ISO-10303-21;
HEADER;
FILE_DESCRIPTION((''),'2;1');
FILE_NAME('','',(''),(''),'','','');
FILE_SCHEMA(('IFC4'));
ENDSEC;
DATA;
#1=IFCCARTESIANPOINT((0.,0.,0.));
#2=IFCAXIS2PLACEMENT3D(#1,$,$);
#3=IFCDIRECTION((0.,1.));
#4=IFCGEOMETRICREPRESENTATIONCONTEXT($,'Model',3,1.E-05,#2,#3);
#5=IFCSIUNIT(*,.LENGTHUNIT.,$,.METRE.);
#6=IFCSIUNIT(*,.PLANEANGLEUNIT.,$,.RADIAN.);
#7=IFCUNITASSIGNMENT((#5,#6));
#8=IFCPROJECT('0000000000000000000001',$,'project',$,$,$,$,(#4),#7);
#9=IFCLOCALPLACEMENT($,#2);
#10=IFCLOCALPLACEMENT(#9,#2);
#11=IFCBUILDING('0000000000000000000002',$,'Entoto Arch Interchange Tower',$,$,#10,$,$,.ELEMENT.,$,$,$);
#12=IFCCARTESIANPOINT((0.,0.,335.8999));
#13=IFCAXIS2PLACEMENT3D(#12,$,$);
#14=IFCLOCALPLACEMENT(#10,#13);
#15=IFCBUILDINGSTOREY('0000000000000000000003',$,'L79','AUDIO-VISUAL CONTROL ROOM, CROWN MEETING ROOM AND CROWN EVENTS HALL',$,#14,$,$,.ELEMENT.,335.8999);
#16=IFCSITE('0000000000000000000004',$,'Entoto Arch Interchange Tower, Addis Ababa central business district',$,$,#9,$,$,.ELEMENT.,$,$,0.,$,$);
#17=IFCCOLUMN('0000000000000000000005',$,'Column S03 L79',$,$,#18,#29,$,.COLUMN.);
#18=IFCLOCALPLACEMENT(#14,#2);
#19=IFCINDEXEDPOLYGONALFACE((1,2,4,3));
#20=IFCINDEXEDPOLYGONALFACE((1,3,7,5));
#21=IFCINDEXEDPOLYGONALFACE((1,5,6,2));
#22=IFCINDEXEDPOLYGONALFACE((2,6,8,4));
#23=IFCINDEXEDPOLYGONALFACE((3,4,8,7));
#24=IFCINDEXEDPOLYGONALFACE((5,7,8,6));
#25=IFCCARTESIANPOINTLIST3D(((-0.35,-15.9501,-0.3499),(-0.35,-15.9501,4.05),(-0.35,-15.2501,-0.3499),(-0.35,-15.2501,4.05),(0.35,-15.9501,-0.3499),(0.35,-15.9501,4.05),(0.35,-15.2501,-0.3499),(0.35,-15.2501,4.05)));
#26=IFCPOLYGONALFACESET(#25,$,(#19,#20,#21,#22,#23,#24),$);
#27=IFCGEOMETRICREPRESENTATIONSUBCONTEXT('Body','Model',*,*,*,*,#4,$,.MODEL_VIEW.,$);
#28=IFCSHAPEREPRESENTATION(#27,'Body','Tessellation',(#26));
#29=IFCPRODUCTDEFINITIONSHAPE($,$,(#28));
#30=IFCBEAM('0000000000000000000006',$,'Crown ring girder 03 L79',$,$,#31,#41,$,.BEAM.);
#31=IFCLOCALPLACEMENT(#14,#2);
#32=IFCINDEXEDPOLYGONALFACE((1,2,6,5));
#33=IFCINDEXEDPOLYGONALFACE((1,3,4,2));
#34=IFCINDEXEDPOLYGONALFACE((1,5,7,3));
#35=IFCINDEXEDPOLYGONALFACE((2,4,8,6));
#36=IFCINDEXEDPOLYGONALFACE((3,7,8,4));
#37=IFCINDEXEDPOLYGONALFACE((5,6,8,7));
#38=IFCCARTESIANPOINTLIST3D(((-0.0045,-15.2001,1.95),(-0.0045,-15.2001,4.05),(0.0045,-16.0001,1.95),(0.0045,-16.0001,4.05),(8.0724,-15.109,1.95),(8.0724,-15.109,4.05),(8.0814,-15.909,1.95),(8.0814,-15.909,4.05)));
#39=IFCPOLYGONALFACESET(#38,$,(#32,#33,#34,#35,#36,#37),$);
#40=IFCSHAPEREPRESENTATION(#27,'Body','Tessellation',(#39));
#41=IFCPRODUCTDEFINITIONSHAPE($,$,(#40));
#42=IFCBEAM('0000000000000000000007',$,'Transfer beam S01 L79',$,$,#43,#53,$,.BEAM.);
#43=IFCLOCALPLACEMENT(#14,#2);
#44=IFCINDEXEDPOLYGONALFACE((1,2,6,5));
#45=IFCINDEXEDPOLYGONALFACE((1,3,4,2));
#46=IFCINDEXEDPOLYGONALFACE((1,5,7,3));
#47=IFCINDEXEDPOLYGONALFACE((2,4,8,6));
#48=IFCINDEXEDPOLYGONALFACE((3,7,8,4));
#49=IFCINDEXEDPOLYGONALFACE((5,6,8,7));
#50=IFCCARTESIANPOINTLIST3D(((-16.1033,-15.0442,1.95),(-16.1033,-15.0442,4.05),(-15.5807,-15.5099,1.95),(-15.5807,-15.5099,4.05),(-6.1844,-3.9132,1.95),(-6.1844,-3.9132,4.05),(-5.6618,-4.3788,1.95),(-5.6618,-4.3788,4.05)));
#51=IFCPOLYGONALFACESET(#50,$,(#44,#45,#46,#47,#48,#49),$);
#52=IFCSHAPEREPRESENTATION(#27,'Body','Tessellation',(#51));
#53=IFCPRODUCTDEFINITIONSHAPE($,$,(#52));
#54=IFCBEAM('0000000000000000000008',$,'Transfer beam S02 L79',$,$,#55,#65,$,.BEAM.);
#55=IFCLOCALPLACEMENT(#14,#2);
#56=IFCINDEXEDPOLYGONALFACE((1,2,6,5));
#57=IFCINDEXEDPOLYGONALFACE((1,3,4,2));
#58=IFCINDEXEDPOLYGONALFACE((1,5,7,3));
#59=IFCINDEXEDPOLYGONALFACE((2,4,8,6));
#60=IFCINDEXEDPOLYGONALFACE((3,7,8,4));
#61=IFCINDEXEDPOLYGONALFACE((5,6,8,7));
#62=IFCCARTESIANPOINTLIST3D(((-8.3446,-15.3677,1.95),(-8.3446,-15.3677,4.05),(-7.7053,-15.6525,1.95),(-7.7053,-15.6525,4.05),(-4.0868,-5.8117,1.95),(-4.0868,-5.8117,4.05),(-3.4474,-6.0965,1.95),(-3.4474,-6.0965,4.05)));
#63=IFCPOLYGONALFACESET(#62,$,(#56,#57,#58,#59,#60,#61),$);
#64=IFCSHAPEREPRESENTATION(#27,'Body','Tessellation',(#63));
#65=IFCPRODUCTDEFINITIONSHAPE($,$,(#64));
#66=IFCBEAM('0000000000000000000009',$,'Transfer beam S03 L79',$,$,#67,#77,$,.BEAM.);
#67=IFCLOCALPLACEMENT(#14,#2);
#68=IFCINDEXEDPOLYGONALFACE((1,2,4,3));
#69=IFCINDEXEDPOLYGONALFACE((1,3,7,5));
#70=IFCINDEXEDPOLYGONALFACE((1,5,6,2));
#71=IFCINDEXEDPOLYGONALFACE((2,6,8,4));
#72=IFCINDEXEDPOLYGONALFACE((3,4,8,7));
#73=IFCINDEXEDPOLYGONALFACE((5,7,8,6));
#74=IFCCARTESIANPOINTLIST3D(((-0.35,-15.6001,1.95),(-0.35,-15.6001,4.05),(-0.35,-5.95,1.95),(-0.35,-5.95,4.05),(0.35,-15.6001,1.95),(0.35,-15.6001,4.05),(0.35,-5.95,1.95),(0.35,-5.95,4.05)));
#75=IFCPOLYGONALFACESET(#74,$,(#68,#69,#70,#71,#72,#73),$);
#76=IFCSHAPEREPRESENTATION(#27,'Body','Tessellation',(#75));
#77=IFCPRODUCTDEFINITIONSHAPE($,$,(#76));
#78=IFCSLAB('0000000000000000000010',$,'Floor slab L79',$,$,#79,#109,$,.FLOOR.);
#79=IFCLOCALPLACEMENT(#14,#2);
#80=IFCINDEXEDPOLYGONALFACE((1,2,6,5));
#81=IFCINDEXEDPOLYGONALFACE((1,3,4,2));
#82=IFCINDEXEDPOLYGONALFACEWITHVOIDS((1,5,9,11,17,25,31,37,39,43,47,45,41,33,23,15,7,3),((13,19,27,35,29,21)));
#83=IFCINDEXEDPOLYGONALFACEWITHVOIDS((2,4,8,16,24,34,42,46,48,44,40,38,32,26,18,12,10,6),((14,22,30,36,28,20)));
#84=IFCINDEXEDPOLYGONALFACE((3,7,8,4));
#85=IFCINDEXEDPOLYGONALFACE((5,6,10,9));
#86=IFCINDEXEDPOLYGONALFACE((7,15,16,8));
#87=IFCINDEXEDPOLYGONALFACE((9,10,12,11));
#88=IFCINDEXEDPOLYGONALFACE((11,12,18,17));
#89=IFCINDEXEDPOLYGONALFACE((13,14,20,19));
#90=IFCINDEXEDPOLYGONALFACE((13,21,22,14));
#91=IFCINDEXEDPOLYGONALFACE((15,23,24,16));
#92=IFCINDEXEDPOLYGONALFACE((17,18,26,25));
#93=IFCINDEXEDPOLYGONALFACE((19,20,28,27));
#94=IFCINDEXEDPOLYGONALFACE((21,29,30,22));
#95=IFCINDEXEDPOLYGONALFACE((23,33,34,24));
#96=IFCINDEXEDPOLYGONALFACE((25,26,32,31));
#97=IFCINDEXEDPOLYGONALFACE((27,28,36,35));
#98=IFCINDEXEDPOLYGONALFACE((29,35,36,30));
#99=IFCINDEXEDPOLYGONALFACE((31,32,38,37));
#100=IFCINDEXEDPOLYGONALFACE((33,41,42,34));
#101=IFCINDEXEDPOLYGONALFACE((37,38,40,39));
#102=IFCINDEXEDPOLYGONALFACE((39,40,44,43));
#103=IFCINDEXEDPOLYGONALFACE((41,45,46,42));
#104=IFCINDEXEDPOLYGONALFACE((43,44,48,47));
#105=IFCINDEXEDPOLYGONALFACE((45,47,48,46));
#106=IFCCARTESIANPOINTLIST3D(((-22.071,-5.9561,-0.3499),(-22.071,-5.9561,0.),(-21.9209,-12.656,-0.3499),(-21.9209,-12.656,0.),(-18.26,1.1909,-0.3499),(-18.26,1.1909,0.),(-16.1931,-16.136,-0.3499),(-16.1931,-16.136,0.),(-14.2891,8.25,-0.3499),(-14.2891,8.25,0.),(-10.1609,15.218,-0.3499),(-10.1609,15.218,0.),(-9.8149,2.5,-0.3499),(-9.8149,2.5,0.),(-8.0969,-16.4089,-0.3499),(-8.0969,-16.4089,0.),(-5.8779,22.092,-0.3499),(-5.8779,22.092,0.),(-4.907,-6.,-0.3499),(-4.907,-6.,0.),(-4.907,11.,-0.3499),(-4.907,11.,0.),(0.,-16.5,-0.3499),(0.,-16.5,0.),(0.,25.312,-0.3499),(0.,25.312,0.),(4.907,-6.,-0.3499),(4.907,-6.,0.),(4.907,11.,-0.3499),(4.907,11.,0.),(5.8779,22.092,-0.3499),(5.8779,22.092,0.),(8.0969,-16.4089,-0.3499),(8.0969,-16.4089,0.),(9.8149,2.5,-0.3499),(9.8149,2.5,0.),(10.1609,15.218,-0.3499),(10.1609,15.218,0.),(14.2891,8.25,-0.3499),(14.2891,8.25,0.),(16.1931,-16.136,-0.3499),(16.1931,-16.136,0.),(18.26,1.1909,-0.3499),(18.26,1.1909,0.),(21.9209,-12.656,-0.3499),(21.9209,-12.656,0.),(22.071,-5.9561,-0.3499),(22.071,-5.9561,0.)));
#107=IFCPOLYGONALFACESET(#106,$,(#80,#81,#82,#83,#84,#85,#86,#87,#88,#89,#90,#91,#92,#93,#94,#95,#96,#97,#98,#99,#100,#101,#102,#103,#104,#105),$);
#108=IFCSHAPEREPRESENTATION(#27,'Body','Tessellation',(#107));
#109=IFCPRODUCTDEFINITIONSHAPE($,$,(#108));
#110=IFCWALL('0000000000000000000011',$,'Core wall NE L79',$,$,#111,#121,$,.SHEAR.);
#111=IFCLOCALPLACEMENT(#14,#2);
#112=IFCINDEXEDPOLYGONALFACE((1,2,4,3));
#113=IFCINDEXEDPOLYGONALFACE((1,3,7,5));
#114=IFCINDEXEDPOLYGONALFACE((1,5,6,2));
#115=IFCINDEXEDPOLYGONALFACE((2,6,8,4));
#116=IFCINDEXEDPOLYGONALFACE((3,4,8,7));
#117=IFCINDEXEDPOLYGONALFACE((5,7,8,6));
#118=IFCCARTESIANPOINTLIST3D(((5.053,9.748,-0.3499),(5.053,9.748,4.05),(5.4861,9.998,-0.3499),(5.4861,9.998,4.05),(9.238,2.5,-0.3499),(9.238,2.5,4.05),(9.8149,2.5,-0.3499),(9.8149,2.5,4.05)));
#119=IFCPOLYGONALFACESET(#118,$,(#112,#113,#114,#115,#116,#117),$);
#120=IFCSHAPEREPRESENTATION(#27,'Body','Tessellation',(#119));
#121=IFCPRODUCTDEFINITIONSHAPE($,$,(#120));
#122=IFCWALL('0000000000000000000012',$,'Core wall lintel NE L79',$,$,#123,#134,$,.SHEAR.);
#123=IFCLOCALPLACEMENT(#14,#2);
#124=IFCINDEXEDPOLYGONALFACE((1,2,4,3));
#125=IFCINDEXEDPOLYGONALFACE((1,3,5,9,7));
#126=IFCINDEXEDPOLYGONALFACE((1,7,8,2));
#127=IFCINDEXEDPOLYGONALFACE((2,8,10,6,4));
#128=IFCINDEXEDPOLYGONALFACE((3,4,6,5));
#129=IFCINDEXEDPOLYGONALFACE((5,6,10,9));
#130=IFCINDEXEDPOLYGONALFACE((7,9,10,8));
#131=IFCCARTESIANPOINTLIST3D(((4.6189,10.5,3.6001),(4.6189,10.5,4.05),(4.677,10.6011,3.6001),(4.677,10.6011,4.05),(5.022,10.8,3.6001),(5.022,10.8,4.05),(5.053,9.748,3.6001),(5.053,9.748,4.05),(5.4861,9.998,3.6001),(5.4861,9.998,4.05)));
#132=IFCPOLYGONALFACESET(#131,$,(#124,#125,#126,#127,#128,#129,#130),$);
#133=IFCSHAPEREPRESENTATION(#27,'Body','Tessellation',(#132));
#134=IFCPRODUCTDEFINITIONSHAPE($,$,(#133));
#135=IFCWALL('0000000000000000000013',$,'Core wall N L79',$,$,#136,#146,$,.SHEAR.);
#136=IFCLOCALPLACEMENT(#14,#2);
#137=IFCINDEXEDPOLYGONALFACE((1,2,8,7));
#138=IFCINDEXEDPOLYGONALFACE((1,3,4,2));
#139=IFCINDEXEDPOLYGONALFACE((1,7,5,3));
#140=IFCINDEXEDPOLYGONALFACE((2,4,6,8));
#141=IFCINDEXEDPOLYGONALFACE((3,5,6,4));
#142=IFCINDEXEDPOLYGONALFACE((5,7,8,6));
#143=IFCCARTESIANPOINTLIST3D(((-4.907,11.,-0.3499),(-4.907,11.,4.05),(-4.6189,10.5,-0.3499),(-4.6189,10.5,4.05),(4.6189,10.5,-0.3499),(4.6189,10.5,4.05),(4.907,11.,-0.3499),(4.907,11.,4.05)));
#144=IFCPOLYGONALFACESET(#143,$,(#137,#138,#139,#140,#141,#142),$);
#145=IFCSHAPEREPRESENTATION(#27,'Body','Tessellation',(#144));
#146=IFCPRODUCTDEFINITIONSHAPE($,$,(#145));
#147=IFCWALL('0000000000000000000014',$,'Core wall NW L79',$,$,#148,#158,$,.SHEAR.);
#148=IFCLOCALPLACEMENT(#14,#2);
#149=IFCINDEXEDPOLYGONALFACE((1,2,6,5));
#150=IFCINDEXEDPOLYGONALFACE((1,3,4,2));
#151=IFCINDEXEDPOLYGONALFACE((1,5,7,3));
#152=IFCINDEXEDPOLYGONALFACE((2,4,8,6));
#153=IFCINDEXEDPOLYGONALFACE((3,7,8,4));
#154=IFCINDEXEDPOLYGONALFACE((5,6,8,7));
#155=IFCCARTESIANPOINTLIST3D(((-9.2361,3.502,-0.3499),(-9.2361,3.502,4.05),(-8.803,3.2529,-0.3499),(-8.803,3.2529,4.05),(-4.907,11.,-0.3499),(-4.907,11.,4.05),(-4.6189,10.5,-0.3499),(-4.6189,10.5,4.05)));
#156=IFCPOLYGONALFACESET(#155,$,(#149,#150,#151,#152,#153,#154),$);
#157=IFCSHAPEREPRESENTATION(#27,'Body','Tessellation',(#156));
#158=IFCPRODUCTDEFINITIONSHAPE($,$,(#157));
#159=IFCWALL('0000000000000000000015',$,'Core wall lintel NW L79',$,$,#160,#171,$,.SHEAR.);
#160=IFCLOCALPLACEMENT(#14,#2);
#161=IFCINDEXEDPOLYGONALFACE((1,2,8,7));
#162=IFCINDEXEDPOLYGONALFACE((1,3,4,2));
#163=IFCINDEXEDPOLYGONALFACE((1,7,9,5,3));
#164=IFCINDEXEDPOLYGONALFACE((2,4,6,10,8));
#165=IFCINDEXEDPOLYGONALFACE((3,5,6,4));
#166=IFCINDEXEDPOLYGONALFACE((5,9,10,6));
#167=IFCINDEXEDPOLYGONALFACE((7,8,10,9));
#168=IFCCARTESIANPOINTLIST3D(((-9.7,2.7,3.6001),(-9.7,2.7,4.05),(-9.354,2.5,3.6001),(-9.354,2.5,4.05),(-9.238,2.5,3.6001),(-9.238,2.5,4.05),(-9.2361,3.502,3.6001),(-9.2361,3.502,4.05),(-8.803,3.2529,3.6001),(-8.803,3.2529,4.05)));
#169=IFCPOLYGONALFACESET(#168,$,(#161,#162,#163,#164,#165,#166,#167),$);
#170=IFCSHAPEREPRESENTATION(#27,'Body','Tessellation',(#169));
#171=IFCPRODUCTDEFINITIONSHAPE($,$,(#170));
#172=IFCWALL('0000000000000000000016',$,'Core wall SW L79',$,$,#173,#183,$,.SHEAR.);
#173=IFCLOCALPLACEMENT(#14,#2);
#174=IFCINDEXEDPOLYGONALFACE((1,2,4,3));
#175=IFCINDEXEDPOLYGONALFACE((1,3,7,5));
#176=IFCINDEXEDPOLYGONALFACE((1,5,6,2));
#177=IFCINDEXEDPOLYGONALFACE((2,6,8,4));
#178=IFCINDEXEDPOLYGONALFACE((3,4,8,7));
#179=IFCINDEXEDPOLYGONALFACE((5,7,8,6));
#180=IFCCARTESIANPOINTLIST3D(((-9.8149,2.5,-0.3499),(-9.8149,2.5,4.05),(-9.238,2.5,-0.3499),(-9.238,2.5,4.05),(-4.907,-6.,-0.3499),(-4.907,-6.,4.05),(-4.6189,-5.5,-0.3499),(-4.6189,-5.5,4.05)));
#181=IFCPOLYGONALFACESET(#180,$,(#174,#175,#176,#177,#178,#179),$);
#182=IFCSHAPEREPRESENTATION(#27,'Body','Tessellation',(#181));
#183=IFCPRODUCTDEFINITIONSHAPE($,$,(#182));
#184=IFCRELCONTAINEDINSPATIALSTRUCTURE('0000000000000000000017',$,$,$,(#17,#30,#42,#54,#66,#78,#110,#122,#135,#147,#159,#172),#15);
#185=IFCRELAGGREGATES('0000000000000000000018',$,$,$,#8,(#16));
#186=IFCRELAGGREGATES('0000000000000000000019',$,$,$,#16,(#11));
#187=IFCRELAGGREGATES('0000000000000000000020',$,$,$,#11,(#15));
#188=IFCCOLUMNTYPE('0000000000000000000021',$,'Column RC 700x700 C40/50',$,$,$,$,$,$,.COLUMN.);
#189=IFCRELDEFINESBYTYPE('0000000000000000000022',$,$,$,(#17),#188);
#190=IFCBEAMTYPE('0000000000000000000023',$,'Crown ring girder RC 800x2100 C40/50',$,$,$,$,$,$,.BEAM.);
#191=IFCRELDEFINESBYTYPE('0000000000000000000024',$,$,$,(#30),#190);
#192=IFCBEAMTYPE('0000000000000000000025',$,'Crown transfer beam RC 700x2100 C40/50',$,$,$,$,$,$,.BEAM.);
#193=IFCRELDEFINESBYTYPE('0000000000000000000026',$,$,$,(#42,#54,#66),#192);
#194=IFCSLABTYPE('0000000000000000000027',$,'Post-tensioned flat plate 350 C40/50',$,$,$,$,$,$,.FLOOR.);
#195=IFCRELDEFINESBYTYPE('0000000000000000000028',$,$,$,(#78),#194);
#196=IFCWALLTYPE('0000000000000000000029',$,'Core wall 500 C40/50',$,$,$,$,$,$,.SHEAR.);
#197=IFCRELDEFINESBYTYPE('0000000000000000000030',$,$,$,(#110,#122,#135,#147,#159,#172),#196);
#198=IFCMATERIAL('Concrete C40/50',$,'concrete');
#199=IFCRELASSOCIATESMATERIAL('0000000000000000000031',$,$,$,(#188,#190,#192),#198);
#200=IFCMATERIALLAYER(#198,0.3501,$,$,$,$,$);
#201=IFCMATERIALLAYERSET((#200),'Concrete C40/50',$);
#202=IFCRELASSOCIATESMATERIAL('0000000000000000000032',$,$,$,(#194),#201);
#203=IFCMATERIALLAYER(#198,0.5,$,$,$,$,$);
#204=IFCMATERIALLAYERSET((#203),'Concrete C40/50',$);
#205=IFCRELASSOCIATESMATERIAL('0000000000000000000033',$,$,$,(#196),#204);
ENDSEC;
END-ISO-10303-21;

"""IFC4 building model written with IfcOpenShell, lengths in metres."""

from ifc_helpers import new_model, si_unit, direction, frame, origin, origin_2d, place, context, subcontext, project, spatial, polyline, rectangle, outline, extrude, material, layer, layer_set, material_profile, profile_set, type_object, element, save


model = new_model("IFC4")

# Units and contexts
model_context = context("Model", 3, precision=1e-05, world=origin(), true_north=direction((0.0, 1.0)))
body_context = subcontext(model_context, "Body", "Model", "MODEL_VIEW")
ifc_project = project(units=[si_unit("LENGTHUNIT", "METRE"), si_unit("PLANEANGLEUNIT", "RADIAN")], contexts=[model_context])

# Site, building, storey
site_placement = place(None, origin())
site = spatial("IfcSite", under=ifc_project, at=site_placement, Name="Entoto Arch Interchange Tower, Addis Ababa central business district", CompositionType="ELEMENT", RefElevation=0.0)
building_placement = place(site_placement, origin())
building = spatial("IfcBuilding", under=site, at=building_placement, Name="Entoto Arch Interchange Tower", CompositionType="ELEMENT")
storey_placement = place(building_placement, frame((0.0, 0.0, 335.8999)))
storey = spatial("IfcBuildingStorey", under=building, at=storey_placement, Name="L79", Description="AUDIO-VISUAL CONTROL ROOM, CROWN MEETING ROOM AND CROWN EVENTS HALL", CompositionType="ELEMENT", Elevation=335.8999)

# Column
ifc_material_1 = material(Name="Concrete C40/50", Category="concrete")
ifc_material_profile_1 = material_profile(ifc_material_1, rectangle(XDim=0.7, YDim=0.7, at=origin_2d()))
ifc_profile_set_1 = profile_set([ifc_material_profile_1], Name="Concrete C40/50")
column_type = type_object("IfcColumnType", Name="Column RC 700x700 C40/50", PredefinedType="COLUMN", material=ifc_profile_set_1)
column_placement = place(storey_placement, frame((0.0, -15.6001, -0.3499), z_axis=(0.0, 0.0, 1.0), x_axis=(1.0, 0.0, 0.0)))
element("IfcColumn", 1, at=column_placement, inside=storey, type_object=column_type, Name="Column S03 L79", PredefinedType="COLUMN", context=body_context, shape_type="SweptSolid", body=[
    extrude(rectangle(XDim=0.7, YDim=0.7, at=origin_2d()), origin(), (0.0, 0.0, 1.0), 4.3999),
])

# Beams
ifc_material_profile_2 = material_profile(ifc_material_1, rectangle(XDim=0.8, YDim=2.1001, at=origin_2d()))
ifc_profile_set_2 = profile_set([ifc_material_profile_2], Name="Concrete C40/50")
beam_type_1 = type_object("IfcBeamType", Name="Crown ring girder RC 800x2100 C40/50", PredefinedType="BEAM", material=ifc_profile_set_2)
beam_1_placement = place(storey_placement, frame((0.0, -15.6001, 3.0), z_axis=(0.999936, 0.011274, 0.0), x_axis=(-0.011274, 0.999936, 0.0)))
element("IfcBeam", 2, at=beam_1_placement, inside=storey, type_object=beam_type_1, Name="Crown ring girder 03 L79", PredefinedType="BEAM", context=body_context, shape_type="SweptSolid", body=[
    extrude(rectangle(XDim=0.8, YDim=2.1001, at=origin_2d()), origin(), (0.0, 0.0, 1.0), 8.0774),
])
ifc_material_profile_3 = material_profile(ifc_material_1, rectangle(XDim=0.7, YDim=2.1001, at=origin_2d()))
ifc_profile_set_3 = profile_set([ifc_material_profile_3], Name="Concrete C40/50")
beam_type_2 = type_object("IfcBeamType", Name="Crown transfer beam RC 700x2100 C40/50", PredefinedType="BEAM", material=ifc_profile_set_3)
beam_2_placement = place(storey_placement, frame((-5.9231, -4.146, 3.0), z_axis=(-0.665286, -0.746588, 0.0), x_axis=(0.746588, -0.665286, 0.0)))
element("IfcBeam", 3, at=beam_2_placement, inside=storey, type_object=beam_type_2, Name="Transfer beam S01 L79", PredefinedType="BEAM", context=body_context, shape_type="SweptSolid", body=[
    extrude(rectangle(XDim=0.7, YDim=2.1001, at=origin_2d()), origin(), (0.0, 0.0, 1.0), 14.9092),
])
beam_3_placement = place(storey_placement, frame((-3.7671, -5.9541, 3.0), z_axis=(-0.406996, -0.91343, 0.0), x_axis=(0.91343, -0.406996, 0.0)))
element("IfcBeam", 4, at=beam_3_placement, inside=storey, type_object=beam_type_2, Name="Transfer beam S02 L79", PredefinedType="BEAM", context=body_context, shape_type="SweptSolid", body=[
    extrude(rectangle(XDim=0.7, YDim=2.1001, at=origin_2d()), origin(), (0.0, 0.0, 1.0), 10.4617),
])
beam_4_placement = place(storey_placement, frame((0.0, -5.95, 3.0), z_axis=(0.0, -1.0, 0.0), x_axis=(1.0, 0.0, 0.0)))
element("IfcBeam", 5, at=beam_4_placement, inside=storey, type_object=beam_type_2, Name="Transfer beam S03 L79", PredefinedType="BEAM", context=body_context, shape_type="SweptSolid", body=[
    extrude(rectangle(XDim=0.7, YDim=2.1001, at=origin_2d()), origin(), (0.0, 0.0, 1.0), 9.6501),
])

# Slab
ifc_layer_1 = layer(ifc_material_1, 0.3501)
ifc_layer_set_1 = layer_set([ifc_layer_1], Name="Concrete C40/50")
slab_type = type_object("IfcSlabType", Name="Post-tensioned flat plate 350 C40/50", PredefinedType="FLOOR", material=ifc_layer_set_1)
slab_placement = place(storey_placement, frame((0.0, 0.0, -0.3499)))
element("IfcSlab", 6, at=slab_placement, inside=storey, type_object=slab_type, Name="Floor slab L79", PredefinedType="FLOOR", context=body_context, shape_type="SweptSolid", body=[
    extrude(outline(polyline([(-16.1931, -16.136), (-8.0969, -16.4089), (0.0, -16.5), (8.0969, -16.4089), (16.1931, -16.136), (21.9209, -12.656), (22.071, -5.9561), (18.26, 1.1909), (14.2891, 8.25), (10.1609, 15.218), (5.8779, 22.092), (0.0, 25.312), (-5.8779, 22.092), (-10.1609, 15.218), (-14.2891, 8.25), (-18.26, 1.1909), (-22.071, -5.9561), (-21.9209, -12.656), (-16.1931, -16.136)]), holes=[polyline([(4.907, 11.0), (-4.907, 11.0), (-9.8149, 2.5), (-4.907, -6.0), (4.907, -6.0), (9.8149, 2.5), (4.907, 11.0)])]), origin(), (0.0, 0.0, 1.0), 0.3499),
])

# Walls
ifc_layer_2 = layer(ifc_material_1, 0.5)
ifc_layer_set_2 = layer_set([ifc_layer_2], Name="Concrete C40/50")
wall_type_1 = type_object("IfcWallType", Name="Core wall 500 C40/50", PredefinedType="SHEAR", material=ifc_layer_set_2)
wall_1_placement = place(storey_placement, frame((0.0, 0.0, -0.3499)))
element("IfcWall", 7, at=wall_1_placement, inside=storey, type_object=wall_type_1, Name="Core wall NE L79", PredefinedType="SHEAR", context=body_context, shape_type="SweptSolid", body=[
    extrude(outline(polyline([(5.4861, 9.998), (5.053, 9.748), (9.238, 2.5), (9.8149, 2.5), (5.4861, 9.998)])), origin(), (0.0, 0.0, 1.0), 4.3999),
])
wall_2_placement = place(storey_placement, frame((0.0, 0.0, 3.6001)))
element("IfcWall", 8, at=wall_2_placement, inside=storey, type_object=wall_type_1, Name="Core wall lintel NE L79", PredefinedType="SHEAR", context=body_context, shape_type="SweptSolid", body=[
    extrude(outline(polyline([(5.022, 10.8), (4.677, 10.6011), (4.6189, 10.5), (5.053, 9.748), (5.4861, 9.998), (5.022, 10.8)])), origin(), (0.0, 0.0, 1.0), 0.45),
])
wall_3_placement = place(storey_placement, frame((0.0, 0.0, -0.3499)))
element("IfcWall", 9, at=wall_3_placement, inside=storey, type_object=wall_type_1, Name="Core wall N L79", PredefinedType="SHEAR", context=body_context, shape_type="SweptSolid", body=[
    extrude(outline(polyline([(4.907, 11.0), (-4.907, 11.0), (-4.6189, 10.5), (4.6189, 10.5), (4.907, 11.0)])), origin(), (0.0, 0.0, 1.0), 4.3999),
])
wall_4_placement = place(storey_placement, frame((0.0, 0.0, -0.3499)))
element("IfcWall", 10, at=wall_4_placement, inside=storey, type_object=wall_type_1, Name="Core wall NW L79", PredefinedType="SHEAR", context=body_context, shape_type="SweptSolid", body=[
    extrude(outline(polyline([(-9.2361, 3.502), (-8.803, 3.2529), (-4.6189, 10.5), (-4.907, 11.0), (-9.2361, 3.502)])), origin(), (0.0, 0.0, 1.0), 4.3999),
])
wall_5_placement = place(storey_placement, frame((0.0, 0.0, 3.6001)))
element("IfcWall", 11, at=wall_5_placement, inside=storey, type_object=wall_type_1, Name="Core wall lintel NW L79", PredefinedType="SHEAR", context=body_context, shape_type="SweptSolid", body=[
    extrude(outline(polyline([(-9.7, 2.7), (-9.354, 2.5), (-9.238, 2.5), (-8.803, 3.2529), (-9.2361, 3.502), (-9.7, 2.7)])), origin(), (0.0, 0.0, 1.0), 0.45),
])
wall_6_placement = place(storey_placement, frame((0.0, 0.0, -0.3499)))
element("IfcWall", 12, at=wall_6_placement, inside=storey, type_object=wall_type_1, Name="Core wall SW L79", PredefinedType="SHEAR", context=body_context, shape_type="SweptSolid", body=[
    extrude(outline(polyline([(-9.8149, 2.5), (-4.907, -6.0), (-4.6189, -5.5), (-9.238, 2.5), (-9.8149, 2.5)])), origin(), (0.0, 0.0, 1.0), 4.3999),
])

save(model, "model.ifc")
